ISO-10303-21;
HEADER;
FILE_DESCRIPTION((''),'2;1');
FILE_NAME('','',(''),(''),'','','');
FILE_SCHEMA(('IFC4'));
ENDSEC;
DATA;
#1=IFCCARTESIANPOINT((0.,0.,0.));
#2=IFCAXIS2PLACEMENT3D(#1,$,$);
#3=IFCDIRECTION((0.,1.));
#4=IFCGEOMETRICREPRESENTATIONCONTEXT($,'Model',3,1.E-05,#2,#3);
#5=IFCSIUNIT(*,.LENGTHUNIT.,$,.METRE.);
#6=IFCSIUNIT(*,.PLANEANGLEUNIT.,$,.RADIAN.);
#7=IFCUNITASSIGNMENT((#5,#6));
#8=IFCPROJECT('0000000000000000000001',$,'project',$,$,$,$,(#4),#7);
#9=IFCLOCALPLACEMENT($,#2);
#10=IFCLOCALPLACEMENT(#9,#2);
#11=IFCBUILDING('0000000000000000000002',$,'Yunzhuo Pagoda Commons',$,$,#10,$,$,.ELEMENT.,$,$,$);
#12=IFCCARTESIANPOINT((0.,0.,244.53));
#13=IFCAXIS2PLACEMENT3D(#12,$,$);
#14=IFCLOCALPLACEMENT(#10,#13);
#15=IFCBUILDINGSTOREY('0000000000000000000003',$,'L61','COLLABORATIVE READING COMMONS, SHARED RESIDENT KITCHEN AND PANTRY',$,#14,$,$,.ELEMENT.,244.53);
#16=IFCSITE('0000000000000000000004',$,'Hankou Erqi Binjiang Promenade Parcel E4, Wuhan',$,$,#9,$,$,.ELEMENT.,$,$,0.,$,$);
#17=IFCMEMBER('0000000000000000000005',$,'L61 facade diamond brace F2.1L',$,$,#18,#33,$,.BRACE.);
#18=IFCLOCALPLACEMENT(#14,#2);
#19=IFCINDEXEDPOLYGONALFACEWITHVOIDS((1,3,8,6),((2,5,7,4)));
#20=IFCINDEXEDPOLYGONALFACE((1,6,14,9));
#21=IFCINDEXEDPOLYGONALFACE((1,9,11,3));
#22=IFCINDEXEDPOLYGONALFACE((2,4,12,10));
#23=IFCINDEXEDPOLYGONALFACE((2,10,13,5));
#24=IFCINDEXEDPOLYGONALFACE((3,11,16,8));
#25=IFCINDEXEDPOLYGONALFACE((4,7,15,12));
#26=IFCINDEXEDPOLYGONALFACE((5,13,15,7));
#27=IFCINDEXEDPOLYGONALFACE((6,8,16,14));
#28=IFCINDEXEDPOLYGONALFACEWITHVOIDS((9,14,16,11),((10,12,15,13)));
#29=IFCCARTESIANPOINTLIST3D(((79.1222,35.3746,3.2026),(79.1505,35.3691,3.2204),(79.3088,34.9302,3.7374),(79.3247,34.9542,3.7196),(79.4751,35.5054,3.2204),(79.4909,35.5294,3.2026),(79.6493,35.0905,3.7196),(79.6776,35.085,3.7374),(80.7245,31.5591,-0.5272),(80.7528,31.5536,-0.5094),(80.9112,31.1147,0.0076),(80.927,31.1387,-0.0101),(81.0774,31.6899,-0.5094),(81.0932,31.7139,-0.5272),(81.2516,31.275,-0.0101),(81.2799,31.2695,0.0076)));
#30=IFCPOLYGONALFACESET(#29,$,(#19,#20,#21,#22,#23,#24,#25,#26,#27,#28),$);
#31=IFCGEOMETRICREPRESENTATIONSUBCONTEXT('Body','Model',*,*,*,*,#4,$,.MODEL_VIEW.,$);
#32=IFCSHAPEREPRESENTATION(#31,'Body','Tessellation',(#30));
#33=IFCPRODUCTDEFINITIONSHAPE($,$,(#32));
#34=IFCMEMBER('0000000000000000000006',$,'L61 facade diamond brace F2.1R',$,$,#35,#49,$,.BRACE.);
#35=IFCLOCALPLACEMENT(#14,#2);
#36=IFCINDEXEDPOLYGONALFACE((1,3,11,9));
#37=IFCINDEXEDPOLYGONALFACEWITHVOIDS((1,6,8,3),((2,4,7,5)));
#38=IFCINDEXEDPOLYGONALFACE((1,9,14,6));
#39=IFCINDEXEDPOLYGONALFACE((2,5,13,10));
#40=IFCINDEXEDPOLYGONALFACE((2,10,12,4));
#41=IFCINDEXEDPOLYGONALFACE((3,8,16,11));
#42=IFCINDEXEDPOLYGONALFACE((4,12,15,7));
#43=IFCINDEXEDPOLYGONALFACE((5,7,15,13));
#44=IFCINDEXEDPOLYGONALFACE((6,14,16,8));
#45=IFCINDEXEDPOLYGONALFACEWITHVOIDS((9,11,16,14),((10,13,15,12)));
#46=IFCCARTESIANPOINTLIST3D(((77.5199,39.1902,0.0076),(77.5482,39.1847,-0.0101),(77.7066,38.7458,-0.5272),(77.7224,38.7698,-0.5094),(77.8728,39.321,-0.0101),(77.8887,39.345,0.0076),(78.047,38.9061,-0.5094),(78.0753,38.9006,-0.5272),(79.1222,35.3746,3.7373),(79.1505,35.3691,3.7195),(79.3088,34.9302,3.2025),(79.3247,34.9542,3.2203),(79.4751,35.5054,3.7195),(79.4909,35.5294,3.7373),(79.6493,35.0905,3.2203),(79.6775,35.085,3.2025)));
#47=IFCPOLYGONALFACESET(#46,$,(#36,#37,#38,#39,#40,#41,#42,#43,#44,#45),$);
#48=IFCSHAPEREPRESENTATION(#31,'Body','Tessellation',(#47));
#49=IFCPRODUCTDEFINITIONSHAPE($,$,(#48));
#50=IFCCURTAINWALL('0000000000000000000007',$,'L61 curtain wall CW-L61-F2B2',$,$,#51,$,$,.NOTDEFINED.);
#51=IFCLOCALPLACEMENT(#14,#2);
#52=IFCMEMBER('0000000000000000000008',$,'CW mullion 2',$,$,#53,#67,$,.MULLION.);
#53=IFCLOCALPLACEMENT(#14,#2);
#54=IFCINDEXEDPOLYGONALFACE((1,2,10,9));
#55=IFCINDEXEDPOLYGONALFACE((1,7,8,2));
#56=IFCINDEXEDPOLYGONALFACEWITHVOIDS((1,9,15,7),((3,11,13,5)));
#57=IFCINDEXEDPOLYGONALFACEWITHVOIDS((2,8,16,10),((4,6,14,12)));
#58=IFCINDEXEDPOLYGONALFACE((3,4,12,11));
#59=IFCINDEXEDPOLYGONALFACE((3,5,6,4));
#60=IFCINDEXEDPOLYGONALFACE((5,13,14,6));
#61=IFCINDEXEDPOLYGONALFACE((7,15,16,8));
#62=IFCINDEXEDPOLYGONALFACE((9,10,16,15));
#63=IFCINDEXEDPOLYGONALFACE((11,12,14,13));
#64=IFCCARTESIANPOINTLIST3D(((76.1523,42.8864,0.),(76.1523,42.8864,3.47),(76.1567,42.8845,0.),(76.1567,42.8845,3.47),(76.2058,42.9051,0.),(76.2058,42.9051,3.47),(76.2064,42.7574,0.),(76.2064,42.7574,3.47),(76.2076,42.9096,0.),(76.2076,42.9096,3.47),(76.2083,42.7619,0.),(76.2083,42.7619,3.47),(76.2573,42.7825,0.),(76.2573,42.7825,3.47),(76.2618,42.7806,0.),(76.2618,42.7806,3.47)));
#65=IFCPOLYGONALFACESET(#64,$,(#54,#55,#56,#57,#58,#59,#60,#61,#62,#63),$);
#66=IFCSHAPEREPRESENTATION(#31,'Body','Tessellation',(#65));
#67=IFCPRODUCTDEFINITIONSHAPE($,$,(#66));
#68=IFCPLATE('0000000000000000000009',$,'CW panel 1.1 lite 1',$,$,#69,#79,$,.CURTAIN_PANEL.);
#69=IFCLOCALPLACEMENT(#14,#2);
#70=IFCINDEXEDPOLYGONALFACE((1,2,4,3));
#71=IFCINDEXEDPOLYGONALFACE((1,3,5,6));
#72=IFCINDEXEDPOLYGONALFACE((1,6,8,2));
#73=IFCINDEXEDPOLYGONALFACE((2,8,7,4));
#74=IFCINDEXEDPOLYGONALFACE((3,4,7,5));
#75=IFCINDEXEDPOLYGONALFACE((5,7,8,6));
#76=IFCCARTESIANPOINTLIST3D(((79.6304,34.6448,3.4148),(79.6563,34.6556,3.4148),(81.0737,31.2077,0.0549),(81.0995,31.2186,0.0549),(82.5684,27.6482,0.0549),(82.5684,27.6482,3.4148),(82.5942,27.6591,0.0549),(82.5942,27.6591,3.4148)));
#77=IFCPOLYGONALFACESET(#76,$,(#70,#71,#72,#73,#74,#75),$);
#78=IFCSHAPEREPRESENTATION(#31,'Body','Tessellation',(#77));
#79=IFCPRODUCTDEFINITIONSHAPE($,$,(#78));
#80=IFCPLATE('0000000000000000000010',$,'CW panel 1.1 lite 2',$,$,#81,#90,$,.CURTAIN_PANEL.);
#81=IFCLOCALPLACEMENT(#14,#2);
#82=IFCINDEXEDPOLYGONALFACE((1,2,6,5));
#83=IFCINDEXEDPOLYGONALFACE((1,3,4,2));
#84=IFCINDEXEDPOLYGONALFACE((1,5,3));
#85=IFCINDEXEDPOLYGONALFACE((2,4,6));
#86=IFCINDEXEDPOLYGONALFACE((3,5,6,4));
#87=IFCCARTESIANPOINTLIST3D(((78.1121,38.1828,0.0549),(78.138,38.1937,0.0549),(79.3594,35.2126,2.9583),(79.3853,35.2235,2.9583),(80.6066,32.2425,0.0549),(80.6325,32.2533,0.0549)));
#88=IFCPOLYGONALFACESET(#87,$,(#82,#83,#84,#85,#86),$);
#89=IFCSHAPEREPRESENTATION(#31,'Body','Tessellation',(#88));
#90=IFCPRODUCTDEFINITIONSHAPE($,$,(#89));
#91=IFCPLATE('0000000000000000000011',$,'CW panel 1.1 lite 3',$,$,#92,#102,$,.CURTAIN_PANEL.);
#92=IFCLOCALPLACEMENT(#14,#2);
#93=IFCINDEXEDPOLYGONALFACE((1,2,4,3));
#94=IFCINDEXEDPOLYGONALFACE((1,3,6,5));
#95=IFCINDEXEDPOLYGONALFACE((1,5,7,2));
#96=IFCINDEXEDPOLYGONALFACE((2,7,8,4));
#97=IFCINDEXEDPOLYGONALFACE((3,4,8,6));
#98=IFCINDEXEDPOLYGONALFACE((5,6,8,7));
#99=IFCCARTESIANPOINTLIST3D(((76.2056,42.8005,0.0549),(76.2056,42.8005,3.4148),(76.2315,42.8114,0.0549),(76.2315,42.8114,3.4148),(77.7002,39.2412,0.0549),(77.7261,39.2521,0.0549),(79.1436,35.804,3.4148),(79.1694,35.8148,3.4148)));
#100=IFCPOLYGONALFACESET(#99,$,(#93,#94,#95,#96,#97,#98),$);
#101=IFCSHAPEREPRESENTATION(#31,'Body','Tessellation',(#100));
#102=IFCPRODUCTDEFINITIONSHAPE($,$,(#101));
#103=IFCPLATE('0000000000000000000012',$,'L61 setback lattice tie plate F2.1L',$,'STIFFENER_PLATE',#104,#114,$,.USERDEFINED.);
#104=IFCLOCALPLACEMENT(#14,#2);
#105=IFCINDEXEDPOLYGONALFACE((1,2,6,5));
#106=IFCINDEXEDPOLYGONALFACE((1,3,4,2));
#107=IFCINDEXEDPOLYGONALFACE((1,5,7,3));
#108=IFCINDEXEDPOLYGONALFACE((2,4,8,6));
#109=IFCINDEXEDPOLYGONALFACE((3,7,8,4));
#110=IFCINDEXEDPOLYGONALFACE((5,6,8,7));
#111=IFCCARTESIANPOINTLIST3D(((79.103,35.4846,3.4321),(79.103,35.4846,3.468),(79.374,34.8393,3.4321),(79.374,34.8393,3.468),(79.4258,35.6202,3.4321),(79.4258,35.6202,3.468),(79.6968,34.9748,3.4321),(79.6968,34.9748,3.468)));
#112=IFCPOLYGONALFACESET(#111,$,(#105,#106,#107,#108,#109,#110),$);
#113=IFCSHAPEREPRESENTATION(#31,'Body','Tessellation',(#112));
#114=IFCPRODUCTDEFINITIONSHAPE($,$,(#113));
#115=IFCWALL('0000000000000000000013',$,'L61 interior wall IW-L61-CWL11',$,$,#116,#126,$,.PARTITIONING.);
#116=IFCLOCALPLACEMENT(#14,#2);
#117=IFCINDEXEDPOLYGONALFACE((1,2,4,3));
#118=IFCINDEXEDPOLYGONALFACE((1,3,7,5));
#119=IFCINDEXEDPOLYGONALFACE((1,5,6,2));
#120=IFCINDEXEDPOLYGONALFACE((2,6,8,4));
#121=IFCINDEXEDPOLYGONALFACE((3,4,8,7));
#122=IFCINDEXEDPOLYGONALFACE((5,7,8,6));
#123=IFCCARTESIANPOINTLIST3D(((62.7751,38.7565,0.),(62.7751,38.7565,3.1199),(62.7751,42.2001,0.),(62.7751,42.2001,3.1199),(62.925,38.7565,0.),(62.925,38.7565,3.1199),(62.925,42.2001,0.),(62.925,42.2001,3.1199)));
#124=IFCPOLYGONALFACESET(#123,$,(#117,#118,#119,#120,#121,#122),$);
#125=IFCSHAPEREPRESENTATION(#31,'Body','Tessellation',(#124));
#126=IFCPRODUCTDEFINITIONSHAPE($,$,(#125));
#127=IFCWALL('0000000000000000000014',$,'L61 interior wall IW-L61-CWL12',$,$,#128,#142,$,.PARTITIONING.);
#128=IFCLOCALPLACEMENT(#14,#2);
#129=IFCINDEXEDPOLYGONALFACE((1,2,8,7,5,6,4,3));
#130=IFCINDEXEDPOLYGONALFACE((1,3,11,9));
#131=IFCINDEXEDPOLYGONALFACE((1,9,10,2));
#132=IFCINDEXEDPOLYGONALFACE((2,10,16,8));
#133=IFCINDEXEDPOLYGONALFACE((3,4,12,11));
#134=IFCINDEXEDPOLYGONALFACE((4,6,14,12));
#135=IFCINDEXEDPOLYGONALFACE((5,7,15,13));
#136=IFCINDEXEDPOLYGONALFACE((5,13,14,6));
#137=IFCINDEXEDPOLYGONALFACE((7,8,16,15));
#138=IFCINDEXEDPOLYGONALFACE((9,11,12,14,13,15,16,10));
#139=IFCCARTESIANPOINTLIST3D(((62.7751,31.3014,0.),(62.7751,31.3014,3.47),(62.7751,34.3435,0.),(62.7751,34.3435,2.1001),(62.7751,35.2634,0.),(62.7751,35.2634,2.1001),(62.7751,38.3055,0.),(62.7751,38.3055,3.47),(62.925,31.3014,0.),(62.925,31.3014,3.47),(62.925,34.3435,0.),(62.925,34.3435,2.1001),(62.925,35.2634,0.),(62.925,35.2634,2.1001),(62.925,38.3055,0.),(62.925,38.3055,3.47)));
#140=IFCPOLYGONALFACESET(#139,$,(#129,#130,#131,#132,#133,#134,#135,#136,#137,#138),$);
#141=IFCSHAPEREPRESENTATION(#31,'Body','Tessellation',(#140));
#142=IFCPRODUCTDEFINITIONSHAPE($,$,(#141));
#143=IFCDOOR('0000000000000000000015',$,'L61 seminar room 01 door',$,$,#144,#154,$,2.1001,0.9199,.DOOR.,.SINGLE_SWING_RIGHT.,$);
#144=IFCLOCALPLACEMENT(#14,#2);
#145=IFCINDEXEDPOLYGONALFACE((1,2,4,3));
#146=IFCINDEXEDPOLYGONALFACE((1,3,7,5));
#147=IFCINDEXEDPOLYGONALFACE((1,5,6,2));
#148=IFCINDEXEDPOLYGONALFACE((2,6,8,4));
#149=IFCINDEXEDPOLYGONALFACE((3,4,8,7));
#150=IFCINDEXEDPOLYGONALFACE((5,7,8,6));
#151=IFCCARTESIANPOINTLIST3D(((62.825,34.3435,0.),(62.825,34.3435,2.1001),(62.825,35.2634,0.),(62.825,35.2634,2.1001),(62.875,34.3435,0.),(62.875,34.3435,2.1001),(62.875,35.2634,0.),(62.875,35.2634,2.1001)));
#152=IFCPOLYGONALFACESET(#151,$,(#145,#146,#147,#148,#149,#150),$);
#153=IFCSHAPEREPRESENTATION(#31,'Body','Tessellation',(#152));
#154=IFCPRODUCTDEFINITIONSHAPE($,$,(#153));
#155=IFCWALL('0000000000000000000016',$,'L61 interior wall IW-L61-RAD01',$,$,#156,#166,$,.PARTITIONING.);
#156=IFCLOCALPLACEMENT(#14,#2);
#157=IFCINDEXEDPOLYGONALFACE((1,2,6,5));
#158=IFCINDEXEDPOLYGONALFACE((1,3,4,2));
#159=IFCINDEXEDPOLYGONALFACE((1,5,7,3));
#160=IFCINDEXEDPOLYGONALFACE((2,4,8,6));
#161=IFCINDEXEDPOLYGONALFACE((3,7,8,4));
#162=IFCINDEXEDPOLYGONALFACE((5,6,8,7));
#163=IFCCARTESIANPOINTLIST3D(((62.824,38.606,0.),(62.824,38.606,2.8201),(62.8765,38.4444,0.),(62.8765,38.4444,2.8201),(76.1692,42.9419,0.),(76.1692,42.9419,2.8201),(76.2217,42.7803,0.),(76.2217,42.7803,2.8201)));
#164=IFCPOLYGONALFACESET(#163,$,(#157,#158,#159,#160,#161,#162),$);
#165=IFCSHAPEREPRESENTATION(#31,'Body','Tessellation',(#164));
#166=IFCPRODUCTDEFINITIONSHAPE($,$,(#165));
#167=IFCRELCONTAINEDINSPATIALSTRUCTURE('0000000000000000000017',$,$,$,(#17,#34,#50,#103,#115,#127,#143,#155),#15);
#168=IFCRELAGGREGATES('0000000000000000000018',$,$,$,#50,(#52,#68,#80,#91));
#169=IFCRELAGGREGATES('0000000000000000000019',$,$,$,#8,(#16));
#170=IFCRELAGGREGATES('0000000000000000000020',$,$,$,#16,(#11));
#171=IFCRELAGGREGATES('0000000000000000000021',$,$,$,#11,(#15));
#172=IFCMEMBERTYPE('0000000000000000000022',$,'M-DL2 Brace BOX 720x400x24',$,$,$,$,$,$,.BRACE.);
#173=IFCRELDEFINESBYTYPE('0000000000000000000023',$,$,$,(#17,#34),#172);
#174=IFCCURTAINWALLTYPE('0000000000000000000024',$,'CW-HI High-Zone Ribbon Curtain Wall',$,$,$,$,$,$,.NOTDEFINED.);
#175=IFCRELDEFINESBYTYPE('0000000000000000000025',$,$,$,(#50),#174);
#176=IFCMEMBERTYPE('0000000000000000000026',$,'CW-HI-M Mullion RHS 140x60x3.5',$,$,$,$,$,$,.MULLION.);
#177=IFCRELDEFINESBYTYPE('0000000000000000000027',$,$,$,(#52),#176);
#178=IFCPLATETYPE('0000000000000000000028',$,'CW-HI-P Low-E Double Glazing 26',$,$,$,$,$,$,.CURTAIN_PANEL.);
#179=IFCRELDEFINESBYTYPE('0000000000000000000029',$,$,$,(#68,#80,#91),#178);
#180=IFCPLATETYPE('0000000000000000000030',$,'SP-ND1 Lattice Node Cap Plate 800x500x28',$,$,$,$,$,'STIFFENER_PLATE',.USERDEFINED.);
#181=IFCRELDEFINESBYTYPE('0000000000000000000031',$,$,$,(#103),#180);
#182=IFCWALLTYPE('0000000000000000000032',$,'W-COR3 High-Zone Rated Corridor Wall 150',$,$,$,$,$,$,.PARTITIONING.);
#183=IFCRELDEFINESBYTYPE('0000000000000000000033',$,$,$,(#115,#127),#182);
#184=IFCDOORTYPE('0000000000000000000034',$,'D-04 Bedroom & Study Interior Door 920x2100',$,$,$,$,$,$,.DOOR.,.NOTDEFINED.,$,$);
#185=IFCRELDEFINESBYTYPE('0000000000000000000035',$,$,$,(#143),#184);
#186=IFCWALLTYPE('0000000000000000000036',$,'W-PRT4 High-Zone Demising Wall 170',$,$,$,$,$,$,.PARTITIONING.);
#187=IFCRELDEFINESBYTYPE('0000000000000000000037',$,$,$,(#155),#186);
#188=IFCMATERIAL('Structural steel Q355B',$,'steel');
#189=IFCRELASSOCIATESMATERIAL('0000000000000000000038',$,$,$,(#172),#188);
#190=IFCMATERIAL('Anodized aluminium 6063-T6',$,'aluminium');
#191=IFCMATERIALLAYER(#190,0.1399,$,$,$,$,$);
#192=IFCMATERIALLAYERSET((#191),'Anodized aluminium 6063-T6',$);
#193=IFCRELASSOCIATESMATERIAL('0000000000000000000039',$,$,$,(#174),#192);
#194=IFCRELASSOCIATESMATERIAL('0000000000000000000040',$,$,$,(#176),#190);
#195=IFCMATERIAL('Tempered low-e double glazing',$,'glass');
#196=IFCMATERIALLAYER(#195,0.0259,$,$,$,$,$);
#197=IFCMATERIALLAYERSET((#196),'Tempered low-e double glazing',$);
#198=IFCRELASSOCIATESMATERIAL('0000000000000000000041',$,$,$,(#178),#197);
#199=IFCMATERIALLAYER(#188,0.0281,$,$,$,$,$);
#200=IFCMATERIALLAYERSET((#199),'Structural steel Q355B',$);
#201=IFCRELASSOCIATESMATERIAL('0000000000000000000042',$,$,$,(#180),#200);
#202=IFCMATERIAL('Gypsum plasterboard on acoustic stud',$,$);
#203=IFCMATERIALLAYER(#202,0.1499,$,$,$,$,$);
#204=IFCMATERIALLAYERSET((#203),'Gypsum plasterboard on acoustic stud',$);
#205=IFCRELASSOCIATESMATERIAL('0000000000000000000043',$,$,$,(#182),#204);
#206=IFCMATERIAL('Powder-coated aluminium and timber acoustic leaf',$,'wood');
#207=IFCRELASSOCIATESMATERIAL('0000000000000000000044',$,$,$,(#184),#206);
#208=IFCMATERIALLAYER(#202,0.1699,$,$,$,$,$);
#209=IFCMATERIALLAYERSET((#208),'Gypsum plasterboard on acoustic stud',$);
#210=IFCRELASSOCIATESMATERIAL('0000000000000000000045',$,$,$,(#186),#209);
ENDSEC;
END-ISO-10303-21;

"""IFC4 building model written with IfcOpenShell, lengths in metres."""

from ifc_helpers import new_model, si_unit, direction, frame, frame_2d, origin, origin_with_axes, origin_2d, place, context, subcontext, project, spatial, polyline, rectangle, hollow_rectangle, outline, extrude, source, transform, mapped, material, layer, layer_set, material_profile, profile_set, type_object, element, fill, aggregate, save


model = new_model("IFC4")

# Units and contexts
model_context = context("Model", 3, precision=1e-05, world=origin(), true_north=direction((0.0, 1.0)))
body_context = subcontext(model_context, "Body", "Model", "MODEL_VIEW")
ifc_project = project(units=[si_unit("LENGTHUNIT", "METRE"), si_unit("PLANEANGLEUNIT", "RADIAN")], contexts=[model_context])

# Site, building, storey
site_placement = place(None, origin())
site = spatial("IfcSite", under=ifc_project, at=site_placement, Name="Hankou Erqi Binjiang Promenade Parcel E4, Wuhan", CompositionType="ELEMENT", RefElevation=0.0)
building_placement = place(site_placement, origin())
building = spatial("IfcBuilding", under=site, at=building_placement, Name="Yunzhuo Pagoda Commons", CompositionType="ELEMENT")
storey_placement = place(building_placement, frame((0.0, 0.0, 244.53)))
storey = spatial("IfcBuildingStorey", under=building, at=storey_placement, Name="L61", Description="COLLABORATIVE READING COMMONS, SHARED RESIDENT KITCHEN AND PANTRY", CompositionType="ELEMENT", Elevation=244.53)

# Shared definitions
ifc_material_1 = material(Name="Structural steel Q355B", Category="steel")

# Members
ifc_material_profile_1 = material_profile(ifc_material_1, hollow_rectangle(XDim=0.3999, YDim=0.72, WallThickness=0.0239, at=origin_2d()), Name="Structural steel Q355B")
ifc_profile_set_1 = profile_set([ifc_material_profile_1], Name="Structural steel Q355B")
member_type_1 = type_object("IfcMemberType", Name="M-DL2 Brace BOX 720x400x24", PredefinedType="BRACE", material=ifc_profile_set_1)
shared_shape_1 = source(origin(), body_context, "Body", "SweptSolid", [
    extrude(hollow_rectangle(XDim=0.3999, YDim=0.72, WallThickness=0.0239, at=origin_2d()), origin(), (0.0, 0.0, 1.0), 5.571),
])
for number, where, z_axis, x_axis, name in (
    (1, (81.0022, 31.4143, -0.2598), (-0.287615, 0.684876, 0.669494), (-0.921998, -0.387194, 0.0), "L61 facade diamond brace F2.1L"),
    (2, (77.7976, 39.0454, -0.2598), (0.287606, -0.684899, 0.669474), (0.922007, 0.387173, 0.0), "L61 facade diamond brace F2.1R"),
):
    element("IfcMember", number, at=place(storey_placement, frame(where, z_axis=z_axis, x_axis=x_axis)), inside=storey, type_object=member_type_1, Name=name, PredefinedType="BRACE", context=body_context, shape_type="MappedRepresentation", body=[
        mapped(shared_shape_1, transform((0.0, 0.0, 0.0), scale=1.0)),
    ])

# Curtain wall, member, plates
ifc_material_2 = material(Name="Anodized aluminium 6063-T6", Category="aluminium")
ifc_layer_1 = layer(ifc_material_2, 0.1399)
ifc_layer_set_1 = layer_set([ifc_layer_1], Name="Anodized aluminium 6063-T6")
curtain_wall_type = type_object("IfcCurtainWallType", Name="CW-HI High-Zone Ribbon Curtain Wall", PredefinedType="NOTDEFINED", material=ifc_layer_set_1)
curtain_wall_placement = place(storey_placement, origin())
curtain_wall = element("IfcCurtainWall", 3, at=curtain_wall_placement, inside=storey, type_object=curtain_wall_type, Name="L61 curtain wall CW-L61-F2B2", PredefinedType="NOTDEFINED")
ifc_material_profile_2 = material_profile(ifc_material_2, hollow_rectangle(XDim=0.0601, YDim=0.1399, WallThickness=0.0034, at=origin_2d()), Name="Anodized aluminium 6063-T6")
ifc_profile_set_2 = profile_set([ifc_material_profile_2], Name="Anodized aluminium 6063-T6")
member_type_2 = type_object("IfcMemberType", Name="CW-HI-M Mullion RHS 140x60x3.5", PredefinedType="MULLION", material=ifc_profile_set_2)
shared_shape_2 = source(origin(), body_context, "Body", "SweptSolid", [
    extrude(hollow_rectangle(XDim=0.0601, YDim=0.1399, WallThickness=0.0034, at=origin_2d()), origin(), (0.0, 0.0, 1.0), 3.47),
])
member_placement = place(storey_placement, frame((76.207, 42.8335, 0.0), z_axis=(0.0, 0.0, 1.0), x_axis=(-0.922008, -0.38717, 0.0)))
member = element("IfcMember", 4, at=member_placement, type_object=member_type_2, Name="CW mullion 2", PredefinedType="MULLION", context=body_context, shape_type="MappedRepresentation", body=[
    mapped(shared_shape_2, transform((0.0, 0.0, 0.0), scale=1.0)),
])
ifc_material_3 = material(Name="Tempered low-e double glazing", Category="glass")
ifc_layer_2 = layer(ifc_material_3, 0.0259)
ifc_layer_set_2 = layer_set([ifc_layer_2], Name="Tempered low-e double glazing")
plate_type_1 = type_object("IfcPlateType", Name="CW-HI-P Low-E Double Glazing 26", PredefinedType="CURTAIN_PANEL", material=ifc_layer_set_2)
plate_1_placement = place(storey_placement, frame((81.0994, 31.1465, 1.7349), z_axis=(0.922008, 0.38717, 0.0), x_axis=(-0.38717, 0.922008, 0.0)))
plate_1 = element("IfcPlate", 5, at=plate_1_placement, type_object=plate_type_1, Name="CW panel 1.1 lite 1", PredefinedType="CURTAIN_PANEL", context=body_context, shape_type="SweptSolid", body=[
    extrude(outline(polyline([(-3.7942, -1.6799), (0.0664, -1.6799), (3.7942, 1.6799), (-3.7942, 1.6799), (-3.7942, -1.6799)])), origin(), (0.0, 0.0, 1.0), 0.0281),
])
plate_2_placement = place(storey_placement, frame((79.3594, 35.2126, 1.5066), z_axis=(0.922008, 0.38717, 0.0), x_axis=(-0.38717, 0.922008, 0.0)))
plate_2 = element("IfcPlate", 6, at=plate_2_placement, type_object=plate_type_1, Name="CW panel 1.1 lite 2", PredefinedType="CURTAIN_PANEL", context=body_context, shape_type="SweptSolid", body=[
    extrude(outline(polyline([(-3.2214, -1.4517), (3.2214, -1.4517), (0.0, 1.4517), (-3.2214, -1.4517)])), origin(), (0.0, 0.0, 1.0), 0.0281),
])
plate_3_placement = place(storey_placement, frame((77.6746, 39.3022, 1.7349), z_axis=(0.922008, 0.38717, 0.0), x_axis=(-0.38717, 0.922008, 0.0)))
plate_3 = element("IfcPlate", 7, at=plate_3_placement, type_object=plate_type_1, Name="CW panel 1.1 lite 3", PredefinedType="CURTAIN_PANEL", context=body_context, shape_type="SweptSolid", body=[
    extrude(outline(polyline([(-3.7942, 1.6799), (-0.0662, -1.6799), (3.7942, -1.6799), (3.7942, 1.6799), (-3.7942, 1.6799)])), origin(), (0.0, 0.0, 1.0), 0.0281),
])
aggregate(curtain_wall, [member, plate_1, plate_2, plate_3])

# Plate
ifc_layer_3 = layer(ifc_material_1, 0.0281)
ifc_layer_set_3 = layer_set([ifc_layer_3], Name="Structural steel Q355B")
plate_type_2 = type_object("IfcPlateType", Name="SP-ND1 Lattice Node Cap Plate 800x500x28", ElementType="STIFFENER_PLATE", PredefinedType="USERDEFINED", material=ifc_layer_set_3)
shared_shape_3 = source(origin(), body_context, "Body", "SweptSolid", [
    extrude(rectangle(XDim=0.7, YDim=0.3501, at=origin_2d()), origin(), (0.0, 0.0, 1.0), 0.0359),
])
plate_4_placement = place(storey_placement, frame((79.3999, 35.2297, 3.4321), z_axis=(0.0, 0.0, 1.0), x_axis=(-0.387178, 0.922005, 0.0)))
element("IfcPlate", 8, at=plate_4_placement, inside=storey, type_object=plate_type_2, Name="L61 setback lattice tie plate F2.1L", ObjectType="STIFFENER_PLATE", PredefinedType="USERDEFINED", context=body_context, shape_type="MappedRepresentation", body=[
    mapped(shared_shape_3, transform((0.0, 0.0, 0.0), scale=1.0)),
])

# Wall
ifc_material_4 = material(Name="Gypsum plasterboard on acoustic stud")
ifc_layer_4 = layer(ifc_material_4, 0.1499)
ifc_layer_set_4 = layer_set([ifc_layer_4], Name="Gypsum plasterboard on acoustic stud")
wall_type_1 = type_object("IfcWallType", Name="W-COR3 High-Zone Rated Corridor Wall 150", PredefinedType="PARTITIONING", material=ifc_layer_set_4)
wall_1_placement = place(storey_placement, frame((62.8501, 42.2, 0.0), z_axis=(0.0, 0.0, 1.0), x_axis=(0.0, -1.0, 0.0)))
element("IfcWall", 9, at=wall_1_placement, inside=storey, type_object=wall_type_1, Name="L61 interior wall IW-L61-CWL11", PredefinedType="PARTITIONING", context=body_context, shape_type="SweptSolid", body=[
    extrude(rectangle(XDim=3.4436, YDim=0.1499, at=frame_2d((1.7217, 0.0))), origin(), (0.0, 0.0, 1.0), 3.1199),
])

# Wall, opening, door
wall_2_placement = place(storey_placement, frame((62.8501, 38.3054, 0.0), z_axis=(0.0, 0.0, 1.0), x_axis=(0.0, -1.0, 0.0)))
wall_2 = element("IfcWall", 10, at=wall_2_placement, inside=storey, type_object=wall_type_1, Name="L61 interior wall IW-L61-CWL12", PredefinedType="PARTITIONING", context=body_context, shape_type="SweptSolid", body=[
    extrude(rectangle(XDim=7.0042, YDim=0.1499, at=frame_2d((3.502, 0.0))), origin(), (0.0, 0.0, 1.0), 3.47),
])
opening_placement = place(wall_2_placement, frame((3.042, 0.0, 0.0)))
opening = element("IfcOpeningElement", 11, at=opening_placement, cuts=wall_2, PredefinedType="OPENING", context=body_context, shape_type="SweptSolid", body=[
    extrude(rectangle(XDim=0.9199, YDim=2.1001, at=frame_2d((0.46, 1.05))), frame((0.0, 0.085, 0.0), z_axis=(0.0, -1.0, 0.0), x_axis=(1.0, 0.0, 0.0)), (0.0, 0.0, 1.0), 0.1699),
])
ifc_material_5 = material(Name="Powder-coated aluminium and timber acoustic leaf", Category="wood")
door_type = type_object("IfcDoorType", Name="D-04 Bedroom & Study Interior Door 920x2100", OperationType="NOTDEFINED", PredefinedType="DOOR", material=ifc_material_5)
shared_shape_4 = source(origin(), body_context, "Body", "SweptSolid", [
    extrude(rectangle(XDim=0.9199, YDim=2.1001, at=frame_2d((0.46, 1.05))), frame((0.0, 0.0249, 0.0), z_axis=(0.0, -1.0, 0.0), x_axis=(1.0, 0.0, 0.0)), (0.0, 0.0, 1.0), 0.05),
])
door_placement = place(opening_placement, origin_with_axes())
door = element("IfcDoor", 12, at=door_placement, inside=storey, type_object=door_type, Name="L61 seminar room 01 door", OperationType="SINGLE_SWING_RIGHT", OverallHeight=2.1001, OverallWidth=0.9199, PredefinedType="DOOR", context=body_context, shape_type="MappedRepresentation", body=[
    mapped(shared_shape_4, transform((0.0, 0.0, 0.0), scale=1.0)),
])
fill(opening, door)

# Wall
ifc_layer_5 = layer(ifc_material_4, 0.1699)
ifc_layer_set_5 = layer_set([ifc_layer_5], Name="Gypsum plasterboard on acoustic stud")
wall_type_2 = type_object("IfcWallType", Name="W-PRT4 High-Zone Demising Wall 170", PredefinedType="PARTITIONING", material=ifc_layer_set_5)
wall_3_placement = place(storey_placement, frame((62.8501, 38.5251, 0.0), z_axis=(0.0, 0.0, 1.0), x_axis=(0.95106, 0.309005, 0.0)))
element("IfcWall", 13, at=wall_3_placement, inside=storey, type_object=wall_type_2, Name="L61 interior wall IW-L61-RAD01", PredefinedType="PARTITIONING", context=body_context, shape_type="SweptSolid", body=[
    extrude(rectangle(XDim=14.032, YDim=0.1699, at=frame_2d((7.0161, 0.0))), origin(), (0.0, 0.0, 1.0), 2.8201),
])

save(model, "model.ifc")
